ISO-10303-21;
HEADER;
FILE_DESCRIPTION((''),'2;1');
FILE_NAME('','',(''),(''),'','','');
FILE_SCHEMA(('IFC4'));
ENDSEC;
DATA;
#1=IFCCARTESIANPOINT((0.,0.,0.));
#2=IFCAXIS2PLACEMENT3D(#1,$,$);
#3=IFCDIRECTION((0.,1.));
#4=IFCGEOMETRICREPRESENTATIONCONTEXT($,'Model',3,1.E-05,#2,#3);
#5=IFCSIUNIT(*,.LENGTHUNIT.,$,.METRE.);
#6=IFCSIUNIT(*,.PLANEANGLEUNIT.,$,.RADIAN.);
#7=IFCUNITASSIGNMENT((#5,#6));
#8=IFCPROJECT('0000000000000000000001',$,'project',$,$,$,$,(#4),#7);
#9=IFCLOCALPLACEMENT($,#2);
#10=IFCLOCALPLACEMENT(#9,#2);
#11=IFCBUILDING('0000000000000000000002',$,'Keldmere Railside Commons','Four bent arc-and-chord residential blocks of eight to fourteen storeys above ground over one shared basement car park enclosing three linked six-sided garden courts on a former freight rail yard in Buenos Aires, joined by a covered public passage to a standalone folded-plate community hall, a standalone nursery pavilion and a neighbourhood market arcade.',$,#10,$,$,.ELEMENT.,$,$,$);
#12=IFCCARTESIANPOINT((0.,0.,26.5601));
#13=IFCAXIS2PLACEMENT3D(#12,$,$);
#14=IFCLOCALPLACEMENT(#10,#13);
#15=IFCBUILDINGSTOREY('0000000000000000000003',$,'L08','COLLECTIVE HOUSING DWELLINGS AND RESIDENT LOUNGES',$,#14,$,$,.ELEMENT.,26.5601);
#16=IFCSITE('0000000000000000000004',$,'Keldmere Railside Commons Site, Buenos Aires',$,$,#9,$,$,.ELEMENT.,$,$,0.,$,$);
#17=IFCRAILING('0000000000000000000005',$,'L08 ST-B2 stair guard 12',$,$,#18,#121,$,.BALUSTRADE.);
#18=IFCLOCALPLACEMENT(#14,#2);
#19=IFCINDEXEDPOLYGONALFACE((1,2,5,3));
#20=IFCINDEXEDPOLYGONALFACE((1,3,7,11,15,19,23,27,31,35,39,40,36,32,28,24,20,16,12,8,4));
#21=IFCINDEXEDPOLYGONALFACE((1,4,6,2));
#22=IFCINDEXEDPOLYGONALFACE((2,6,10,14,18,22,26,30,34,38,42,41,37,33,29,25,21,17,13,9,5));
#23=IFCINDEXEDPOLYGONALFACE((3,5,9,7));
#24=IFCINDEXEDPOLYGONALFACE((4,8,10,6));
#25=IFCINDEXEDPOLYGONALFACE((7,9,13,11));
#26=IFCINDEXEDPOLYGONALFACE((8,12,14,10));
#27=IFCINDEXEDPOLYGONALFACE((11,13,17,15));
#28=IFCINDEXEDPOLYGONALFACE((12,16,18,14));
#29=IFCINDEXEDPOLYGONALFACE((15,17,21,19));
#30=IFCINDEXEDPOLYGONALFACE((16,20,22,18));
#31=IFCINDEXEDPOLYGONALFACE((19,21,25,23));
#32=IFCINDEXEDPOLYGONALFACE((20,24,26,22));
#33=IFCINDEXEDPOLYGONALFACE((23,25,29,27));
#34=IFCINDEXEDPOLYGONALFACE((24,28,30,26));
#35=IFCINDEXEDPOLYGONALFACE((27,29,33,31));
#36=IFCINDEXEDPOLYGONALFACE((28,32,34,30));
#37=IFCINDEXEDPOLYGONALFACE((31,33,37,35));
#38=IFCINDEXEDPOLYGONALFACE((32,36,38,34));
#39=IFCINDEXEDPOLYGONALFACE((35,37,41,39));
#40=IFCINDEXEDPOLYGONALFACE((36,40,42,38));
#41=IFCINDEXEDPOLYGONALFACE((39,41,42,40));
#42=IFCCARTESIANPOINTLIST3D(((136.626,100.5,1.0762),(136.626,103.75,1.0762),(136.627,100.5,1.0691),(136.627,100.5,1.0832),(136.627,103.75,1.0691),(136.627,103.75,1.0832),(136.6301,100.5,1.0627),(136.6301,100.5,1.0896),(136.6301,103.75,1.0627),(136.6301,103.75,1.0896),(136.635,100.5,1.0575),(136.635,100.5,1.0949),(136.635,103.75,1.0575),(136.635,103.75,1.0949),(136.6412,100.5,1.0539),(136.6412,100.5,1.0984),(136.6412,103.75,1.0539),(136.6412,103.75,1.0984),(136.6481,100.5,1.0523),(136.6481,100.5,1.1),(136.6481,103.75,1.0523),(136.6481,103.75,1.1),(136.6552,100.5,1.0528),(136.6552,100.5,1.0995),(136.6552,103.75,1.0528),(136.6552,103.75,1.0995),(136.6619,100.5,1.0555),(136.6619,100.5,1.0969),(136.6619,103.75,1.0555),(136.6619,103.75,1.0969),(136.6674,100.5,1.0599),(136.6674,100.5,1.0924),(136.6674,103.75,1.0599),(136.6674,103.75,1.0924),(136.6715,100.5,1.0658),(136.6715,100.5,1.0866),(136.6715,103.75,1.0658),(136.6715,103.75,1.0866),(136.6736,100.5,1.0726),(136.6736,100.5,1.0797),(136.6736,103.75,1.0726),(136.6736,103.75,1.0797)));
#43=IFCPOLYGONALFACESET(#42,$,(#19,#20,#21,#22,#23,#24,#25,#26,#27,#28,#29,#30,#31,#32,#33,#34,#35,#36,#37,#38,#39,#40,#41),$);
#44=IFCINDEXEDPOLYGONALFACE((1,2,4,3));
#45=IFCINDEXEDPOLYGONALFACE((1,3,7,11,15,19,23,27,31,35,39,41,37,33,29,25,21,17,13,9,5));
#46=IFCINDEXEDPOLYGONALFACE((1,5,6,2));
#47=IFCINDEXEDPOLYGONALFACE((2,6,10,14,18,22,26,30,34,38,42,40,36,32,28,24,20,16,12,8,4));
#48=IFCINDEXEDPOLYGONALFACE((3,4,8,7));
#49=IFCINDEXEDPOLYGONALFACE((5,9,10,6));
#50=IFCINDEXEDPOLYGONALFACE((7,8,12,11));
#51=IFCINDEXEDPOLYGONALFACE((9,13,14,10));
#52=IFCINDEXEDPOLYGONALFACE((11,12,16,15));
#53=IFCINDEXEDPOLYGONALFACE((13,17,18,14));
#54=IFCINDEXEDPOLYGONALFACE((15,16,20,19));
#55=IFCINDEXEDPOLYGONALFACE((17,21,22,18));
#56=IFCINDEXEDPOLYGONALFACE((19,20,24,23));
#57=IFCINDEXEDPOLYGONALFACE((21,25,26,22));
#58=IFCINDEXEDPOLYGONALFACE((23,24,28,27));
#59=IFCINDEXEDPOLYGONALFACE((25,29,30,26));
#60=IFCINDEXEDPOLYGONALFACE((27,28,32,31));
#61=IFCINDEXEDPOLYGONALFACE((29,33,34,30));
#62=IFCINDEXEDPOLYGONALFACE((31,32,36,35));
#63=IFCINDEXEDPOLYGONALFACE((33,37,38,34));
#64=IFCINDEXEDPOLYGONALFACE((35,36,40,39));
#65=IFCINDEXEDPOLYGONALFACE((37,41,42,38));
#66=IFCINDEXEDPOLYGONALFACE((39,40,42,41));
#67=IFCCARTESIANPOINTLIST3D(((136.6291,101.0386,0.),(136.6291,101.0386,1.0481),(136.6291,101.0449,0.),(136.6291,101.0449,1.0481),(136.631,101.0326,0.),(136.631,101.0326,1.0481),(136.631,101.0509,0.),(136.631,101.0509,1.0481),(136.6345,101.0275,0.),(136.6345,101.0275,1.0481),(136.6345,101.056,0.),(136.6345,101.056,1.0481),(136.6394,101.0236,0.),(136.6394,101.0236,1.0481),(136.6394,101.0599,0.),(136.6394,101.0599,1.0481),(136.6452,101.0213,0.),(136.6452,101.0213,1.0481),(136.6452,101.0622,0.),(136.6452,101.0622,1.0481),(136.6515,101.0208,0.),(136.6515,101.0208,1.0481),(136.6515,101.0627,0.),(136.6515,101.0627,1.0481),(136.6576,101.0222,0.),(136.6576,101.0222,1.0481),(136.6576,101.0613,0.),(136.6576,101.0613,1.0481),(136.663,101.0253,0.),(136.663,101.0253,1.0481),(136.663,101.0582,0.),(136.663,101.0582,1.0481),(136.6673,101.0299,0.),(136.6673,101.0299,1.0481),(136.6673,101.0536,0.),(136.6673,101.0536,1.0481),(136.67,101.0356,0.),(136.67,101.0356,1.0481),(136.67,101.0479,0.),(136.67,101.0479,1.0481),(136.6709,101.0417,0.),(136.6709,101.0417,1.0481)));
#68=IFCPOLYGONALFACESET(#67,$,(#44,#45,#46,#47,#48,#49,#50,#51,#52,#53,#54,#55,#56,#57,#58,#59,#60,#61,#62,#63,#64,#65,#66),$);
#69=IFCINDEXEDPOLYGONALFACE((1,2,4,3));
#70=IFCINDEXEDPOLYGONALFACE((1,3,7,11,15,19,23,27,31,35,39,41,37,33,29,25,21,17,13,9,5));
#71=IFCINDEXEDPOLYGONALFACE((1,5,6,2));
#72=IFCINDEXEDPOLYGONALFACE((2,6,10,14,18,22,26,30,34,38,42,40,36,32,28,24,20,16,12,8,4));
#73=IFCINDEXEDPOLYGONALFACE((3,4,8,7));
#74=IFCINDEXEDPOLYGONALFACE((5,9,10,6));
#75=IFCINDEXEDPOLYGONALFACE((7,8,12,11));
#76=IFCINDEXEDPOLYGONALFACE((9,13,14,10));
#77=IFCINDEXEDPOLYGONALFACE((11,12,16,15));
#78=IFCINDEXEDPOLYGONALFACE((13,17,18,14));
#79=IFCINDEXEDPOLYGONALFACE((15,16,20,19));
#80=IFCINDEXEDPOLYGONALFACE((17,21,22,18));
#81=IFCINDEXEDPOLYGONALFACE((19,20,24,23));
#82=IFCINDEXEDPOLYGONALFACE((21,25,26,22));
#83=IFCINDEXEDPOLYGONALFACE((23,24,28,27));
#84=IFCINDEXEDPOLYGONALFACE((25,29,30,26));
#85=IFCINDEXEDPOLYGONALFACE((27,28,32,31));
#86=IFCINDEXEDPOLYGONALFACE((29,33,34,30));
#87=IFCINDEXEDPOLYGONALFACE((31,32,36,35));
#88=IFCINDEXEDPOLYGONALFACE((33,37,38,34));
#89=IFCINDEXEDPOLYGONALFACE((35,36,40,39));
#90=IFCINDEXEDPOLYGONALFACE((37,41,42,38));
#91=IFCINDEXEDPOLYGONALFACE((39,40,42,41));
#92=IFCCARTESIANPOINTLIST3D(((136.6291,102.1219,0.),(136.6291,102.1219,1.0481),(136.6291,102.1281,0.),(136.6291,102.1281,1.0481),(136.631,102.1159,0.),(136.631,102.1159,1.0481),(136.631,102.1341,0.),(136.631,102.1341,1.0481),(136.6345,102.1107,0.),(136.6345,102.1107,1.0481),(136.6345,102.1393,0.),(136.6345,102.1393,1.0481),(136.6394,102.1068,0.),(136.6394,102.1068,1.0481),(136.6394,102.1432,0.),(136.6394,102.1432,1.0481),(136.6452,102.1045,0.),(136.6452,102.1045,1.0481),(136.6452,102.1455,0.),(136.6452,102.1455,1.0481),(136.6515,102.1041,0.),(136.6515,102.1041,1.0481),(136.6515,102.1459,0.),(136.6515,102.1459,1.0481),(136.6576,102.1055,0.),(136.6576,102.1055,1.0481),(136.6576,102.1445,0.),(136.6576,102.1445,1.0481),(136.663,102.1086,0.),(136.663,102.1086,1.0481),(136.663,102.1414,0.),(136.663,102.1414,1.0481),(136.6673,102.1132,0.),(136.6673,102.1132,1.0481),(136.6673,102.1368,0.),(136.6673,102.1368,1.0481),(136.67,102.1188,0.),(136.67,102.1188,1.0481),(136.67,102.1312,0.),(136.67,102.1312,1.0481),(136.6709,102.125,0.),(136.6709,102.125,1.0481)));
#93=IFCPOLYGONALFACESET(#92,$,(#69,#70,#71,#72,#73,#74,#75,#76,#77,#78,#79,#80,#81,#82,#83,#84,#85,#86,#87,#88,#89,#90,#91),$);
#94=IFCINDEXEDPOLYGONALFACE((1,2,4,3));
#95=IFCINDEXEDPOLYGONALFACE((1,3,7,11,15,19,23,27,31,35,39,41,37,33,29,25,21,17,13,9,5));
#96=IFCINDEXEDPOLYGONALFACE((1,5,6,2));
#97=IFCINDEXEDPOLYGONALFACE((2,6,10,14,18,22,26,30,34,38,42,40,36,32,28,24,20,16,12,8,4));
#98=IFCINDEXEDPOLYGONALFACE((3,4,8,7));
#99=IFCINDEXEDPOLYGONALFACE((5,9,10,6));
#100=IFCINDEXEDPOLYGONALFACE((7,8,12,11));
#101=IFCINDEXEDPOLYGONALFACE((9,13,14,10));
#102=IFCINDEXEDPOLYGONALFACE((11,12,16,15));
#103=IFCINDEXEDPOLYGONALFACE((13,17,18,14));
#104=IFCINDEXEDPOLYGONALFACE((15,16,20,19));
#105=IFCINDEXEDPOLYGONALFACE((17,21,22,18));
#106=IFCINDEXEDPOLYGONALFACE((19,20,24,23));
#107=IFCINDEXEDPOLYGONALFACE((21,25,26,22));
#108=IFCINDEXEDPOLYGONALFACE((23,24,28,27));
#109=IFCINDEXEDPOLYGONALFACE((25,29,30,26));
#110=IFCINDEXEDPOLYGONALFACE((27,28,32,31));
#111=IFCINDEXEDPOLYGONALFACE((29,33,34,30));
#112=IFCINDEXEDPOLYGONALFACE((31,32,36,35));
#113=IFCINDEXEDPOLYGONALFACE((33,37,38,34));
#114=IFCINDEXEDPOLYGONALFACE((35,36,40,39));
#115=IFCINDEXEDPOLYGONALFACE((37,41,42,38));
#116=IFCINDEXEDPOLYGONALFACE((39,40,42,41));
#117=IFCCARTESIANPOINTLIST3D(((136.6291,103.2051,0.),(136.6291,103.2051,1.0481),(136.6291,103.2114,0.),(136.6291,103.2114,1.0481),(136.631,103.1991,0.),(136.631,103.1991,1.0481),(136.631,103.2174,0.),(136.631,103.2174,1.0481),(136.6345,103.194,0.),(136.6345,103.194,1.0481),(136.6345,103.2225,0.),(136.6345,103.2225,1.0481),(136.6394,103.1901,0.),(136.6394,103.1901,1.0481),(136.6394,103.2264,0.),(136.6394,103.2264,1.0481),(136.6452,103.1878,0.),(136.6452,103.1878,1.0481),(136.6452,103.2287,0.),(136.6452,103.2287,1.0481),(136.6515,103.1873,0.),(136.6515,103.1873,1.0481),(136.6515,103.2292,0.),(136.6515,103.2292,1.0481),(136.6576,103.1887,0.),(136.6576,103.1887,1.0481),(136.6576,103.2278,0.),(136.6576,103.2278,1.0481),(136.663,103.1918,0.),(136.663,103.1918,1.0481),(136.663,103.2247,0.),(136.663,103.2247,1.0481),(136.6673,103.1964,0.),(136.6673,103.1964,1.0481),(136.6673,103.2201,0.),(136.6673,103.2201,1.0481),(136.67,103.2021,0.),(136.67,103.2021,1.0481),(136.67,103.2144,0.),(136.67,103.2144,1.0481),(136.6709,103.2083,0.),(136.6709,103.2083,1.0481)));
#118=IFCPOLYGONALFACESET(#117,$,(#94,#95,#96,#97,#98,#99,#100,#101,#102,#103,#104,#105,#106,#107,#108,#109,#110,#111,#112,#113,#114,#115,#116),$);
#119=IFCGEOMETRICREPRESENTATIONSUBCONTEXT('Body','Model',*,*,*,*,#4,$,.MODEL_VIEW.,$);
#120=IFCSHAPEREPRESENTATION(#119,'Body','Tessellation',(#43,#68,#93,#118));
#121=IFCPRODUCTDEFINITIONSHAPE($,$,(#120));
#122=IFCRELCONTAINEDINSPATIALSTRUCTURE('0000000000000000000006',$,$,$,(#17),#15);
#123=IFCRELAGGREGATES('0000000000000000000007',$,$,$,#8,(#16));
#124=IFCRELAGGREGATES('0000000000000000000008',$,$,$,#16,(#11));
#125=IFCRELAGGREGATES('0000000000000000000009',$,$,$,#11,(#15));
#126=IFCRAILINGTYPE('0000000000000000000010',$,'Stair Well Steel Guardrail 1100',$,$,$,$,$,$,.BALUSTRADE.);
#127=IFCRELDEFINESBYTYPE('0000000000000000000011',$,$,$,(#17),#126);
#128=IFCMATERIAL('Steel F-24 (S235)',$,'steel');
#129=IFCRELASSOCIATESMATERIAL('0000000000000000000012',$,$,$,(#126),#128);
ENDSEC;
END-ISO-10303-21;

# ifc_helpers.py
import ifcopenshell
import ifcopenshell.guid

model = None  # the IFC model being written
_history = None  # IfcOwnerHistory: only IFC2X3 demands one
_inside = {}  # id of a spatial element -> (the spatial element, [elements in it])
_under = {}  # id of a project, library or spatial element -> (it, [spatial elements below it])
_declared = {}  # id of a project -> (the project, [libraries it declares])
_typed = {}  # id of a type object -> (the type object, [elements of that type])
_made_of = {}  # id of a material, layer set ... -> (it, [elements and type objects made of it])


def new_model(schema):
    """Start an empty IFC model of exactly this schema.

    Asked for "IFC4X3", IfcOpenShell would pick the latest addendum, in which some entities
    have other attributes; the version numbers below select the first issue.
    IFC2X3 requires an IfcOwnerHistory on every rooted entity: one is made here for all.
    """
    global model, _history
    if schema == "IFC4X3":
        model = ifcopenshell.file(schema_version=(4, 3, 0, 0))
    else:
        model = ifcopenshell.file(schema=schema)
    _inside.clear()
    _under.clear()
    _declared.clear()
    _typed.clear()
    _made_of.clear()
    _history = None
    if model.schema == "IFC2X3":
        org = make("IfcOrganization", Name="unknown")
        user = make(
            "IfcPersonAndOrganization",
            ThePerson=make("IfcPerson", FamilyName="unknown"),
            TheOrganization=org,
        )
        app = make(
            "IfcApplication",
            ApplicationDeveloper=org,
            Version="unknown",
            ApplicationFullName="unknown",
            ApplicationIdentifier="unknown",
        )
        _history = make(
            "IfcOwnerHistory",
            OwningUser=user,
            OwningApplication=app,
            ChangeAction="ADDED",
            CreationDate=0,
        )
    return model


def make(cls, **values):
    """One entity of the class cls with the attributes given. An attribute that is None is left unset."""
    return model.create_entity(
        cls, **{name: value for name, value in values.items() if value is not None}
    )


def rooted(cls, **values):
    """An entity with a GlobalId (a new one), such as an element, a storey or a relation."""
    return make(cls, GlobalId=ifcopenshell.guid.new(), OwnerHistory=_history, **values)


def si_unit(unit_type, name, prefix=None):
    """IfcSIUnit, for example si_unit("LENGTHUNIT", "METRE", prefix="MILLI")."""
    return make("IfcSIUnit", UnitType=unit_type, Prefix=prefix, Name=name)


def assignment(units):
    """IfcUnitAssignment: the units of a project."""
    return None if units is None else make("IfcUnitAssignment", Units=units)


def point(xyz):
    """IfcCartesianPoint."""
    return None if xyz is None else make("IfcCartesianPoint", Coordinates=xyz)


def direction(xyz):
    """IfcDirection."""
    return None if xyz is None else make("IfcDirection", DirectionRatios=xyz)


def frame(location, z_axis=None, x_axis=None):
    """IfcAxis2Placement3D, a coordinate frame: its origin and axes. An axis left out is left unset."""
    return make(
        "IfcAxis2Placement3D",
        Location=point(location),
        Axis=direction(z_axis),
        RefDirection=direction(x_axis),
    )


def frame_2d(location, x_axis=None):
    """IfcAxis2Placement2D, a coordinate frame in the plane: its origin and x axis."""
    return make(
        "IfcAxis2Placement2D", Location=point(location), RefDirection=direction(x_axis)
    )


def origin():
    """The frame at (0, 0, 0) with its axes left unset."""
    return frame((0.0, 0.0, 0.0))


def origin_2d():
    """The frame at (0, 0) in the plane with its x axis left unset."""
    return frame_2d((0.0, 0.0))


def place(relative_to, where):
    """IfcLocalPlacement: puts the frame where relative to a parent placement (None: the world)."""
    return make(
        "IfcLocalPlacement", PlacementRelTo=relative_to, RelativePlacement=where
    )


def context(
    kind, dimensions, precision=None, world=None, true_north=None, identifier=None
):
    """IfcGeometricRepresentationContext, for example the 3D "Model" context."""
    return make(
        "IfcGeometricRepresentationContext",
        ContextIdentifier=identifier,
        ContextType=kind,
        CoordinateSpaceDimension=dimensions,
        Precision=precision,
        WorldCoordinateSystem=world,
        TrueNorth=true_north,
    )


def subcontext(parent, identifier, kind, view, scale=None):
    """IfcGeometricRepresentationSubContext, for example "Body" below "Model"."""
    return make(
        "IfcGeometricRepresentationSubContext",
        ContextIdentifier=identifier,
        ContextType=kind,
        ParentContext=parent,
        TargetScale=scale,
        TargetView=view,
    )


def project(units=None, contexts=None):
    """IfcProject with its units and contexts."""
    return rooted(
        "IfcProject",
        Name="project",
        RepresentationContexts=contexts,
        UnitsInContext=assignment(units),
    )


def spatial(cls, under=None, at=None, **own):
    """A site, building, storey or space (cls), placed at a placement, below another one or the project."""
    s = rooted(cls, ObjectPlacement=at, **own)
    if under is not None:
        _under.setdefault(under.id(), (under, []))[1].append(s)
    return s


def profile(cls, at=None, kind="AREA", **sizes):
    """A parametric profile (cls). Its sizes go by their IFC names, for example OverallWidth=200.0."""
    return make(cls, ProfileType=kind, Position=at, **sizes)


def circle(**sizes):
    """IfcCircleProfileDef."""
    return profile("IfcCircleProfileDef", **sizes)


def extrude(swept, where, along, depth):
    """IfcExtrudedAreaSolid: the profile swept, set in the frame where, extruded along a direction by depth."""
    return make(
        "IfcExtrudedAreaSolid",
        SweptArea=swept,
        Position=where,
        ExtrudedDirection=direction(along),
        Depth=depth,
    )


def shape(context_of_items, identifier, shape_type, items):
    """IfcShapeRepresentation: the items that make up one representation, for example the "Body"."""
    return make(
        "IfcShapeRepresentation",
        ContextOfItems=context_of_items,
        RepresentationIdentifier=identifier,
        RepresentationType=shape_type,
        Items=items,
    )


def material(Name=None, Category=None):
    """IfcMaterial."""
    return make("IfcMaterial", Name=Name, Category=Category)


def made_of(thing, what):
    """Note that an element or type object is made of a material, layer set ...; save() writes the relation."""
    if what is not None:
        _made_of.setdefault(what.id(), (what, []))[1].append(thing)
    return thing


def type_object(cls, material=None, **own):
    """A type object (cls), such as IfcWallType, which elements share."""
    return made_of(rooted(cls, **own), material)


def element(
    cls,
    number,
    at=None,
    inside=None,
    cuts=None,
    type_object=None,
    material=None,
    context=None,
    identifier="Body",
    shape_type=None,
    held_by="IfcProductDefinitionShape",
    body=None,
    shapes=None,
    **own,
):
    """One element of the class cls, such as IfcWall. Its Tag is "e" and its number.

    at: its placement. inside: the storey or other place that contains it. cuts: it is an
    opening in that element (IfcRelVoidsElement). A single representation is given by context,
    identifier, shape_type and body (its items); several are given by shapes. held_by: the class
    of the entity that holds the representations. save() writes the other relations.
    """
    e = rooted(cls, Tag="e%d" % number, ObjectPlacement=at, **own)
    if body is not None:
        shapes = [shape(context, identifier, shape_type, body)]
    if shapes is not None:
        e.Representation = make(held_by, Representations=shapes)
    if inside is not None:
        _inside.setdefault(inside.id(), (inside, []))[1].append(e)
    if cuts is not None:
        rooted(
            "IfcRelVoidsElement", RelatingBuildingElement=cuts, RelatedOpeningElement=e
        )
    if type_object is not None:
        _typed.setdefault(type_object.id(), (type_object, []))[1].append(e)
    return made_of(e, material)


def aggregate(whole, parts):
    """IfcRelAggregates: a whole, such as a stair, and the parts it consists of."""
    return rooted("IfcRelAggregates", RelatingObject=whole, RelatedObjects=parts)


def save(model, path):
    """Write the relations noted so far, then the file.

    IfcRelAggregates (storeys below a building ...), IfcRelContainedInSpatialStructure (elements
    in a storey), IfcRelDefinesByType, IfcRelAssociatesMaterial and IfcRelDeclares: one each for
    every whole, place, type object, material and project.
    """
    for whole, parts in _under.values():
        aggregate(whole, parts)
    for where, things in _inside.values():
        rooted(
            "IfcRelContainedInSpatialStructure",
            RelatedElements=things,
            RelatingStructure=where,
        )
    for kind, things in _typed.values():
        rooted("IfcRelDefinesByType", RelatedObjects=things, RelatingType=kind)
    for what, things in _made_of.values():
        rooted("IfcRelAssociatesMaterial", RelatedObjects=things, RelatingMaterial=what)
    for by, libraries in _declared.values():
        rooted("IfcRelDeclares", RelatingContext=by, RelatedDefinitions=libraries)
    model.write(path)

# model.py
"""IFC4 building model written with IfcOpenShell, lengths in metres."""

from ifc_helpers import new_model, si_unit, direction, frame, origin, origin_2d, place, context, subcontext, project, spatial, circle, extrude, material, type_object, element, save


model = new_model("IFC4")

# Units and contexts
model_context = context("Model", 3, precision=1e-05, world=origin(), true_north=direction((0.0, 1.0)))
body_context = subcontext(model_context, "Body", "Model", "MODEL_VIEW")
ifc_project = project(units=[si_unit("LENGTHUNIT", "METRE"), si_unit("PLANEANGLEUNIT", "RADIAN")], contexts=[model_context])

# Site, building, storey
site_placement = place(None, origin())
site = spatial("IfcSite", under=ifc_project, at=site_placement, Name="Keldmere Railside Commons Site, Buenos Aires", CompositionType="ELEMENT", RefElevation=0.0)
building_placement = place(site_placement, origin())
building = spatial("IfcBuilding", under=site, at=building_placement, Name="Keldmere Railside Commons", Description="Four bent arc-and-chord residential blocks of eight to fourteen storeys above ground over one shared basement car park enclosing three linked six-sided garden courts on a former freight rail yard in Buenos Aires, joined by a covered public passage to a standalone folded-plate community hall, a standalone nursery pavilion and a neighbourhood market arcade.", CompositionType="ELEMENT")
storey_placement = place(building_placement, frame((0.0, 0.0, 26.5601)))
storey = spatial("IfcBuildingStorey", under=building, at=storey_placement, Name="L08", Description="COLLECTIVE HOUSING DWELLINGS AND RESIDENT LOUNGES", CompositionType="ELEMENT", Elevation=26.5601)

# Railing
ifc_material_1 = material(Name="Steel F-24 (S235)", Category="steel")
railing_type_1 = type_object("IfcRailingType", Name="Stair Well Steel Guardrail 1100", PredefinedType="BALUSTRADE", material=ifc_material_1)
railing_1_placement = place(storey_placement, frame((136.6499, 100.5, 0.0)))
element("IfcRailing", 1, at=railing_1_placement, inside=storey, type_object=railing_type_1, Name="L08 ST-B2 stair guard 12", PredefinedType="BALUSTRADE", context=body_context, shape_type="SweptSolid", body=[
    extrude(circle(Radius=0.0239, at=origin_2d()), frame((0.0, 0.0, 1.0762), z_axis=(0.0, 1.0, 0.0), x_axis=(-1.0, 0.0, 0.0)), (0.0, 0.0, 1.0), 3.25),
    extrude(circle(Radius=0.021, at=origin_2d()), frame((0.0, 0.5417, 0.0)), (0.0, 0.0, 1.0), 1.0481),
    extrude(circle(Radius=0.021, at=origin_2d()), frame((0.0, 1.625, 0.0)), (0.0, 0.0, 1.0), 1.0481),
    extrude(circle(Radius=0.021, at=origin_2d()), frame((0.0, 2.7083, 0.0)), (0.0, 0.0, 1.0), 1.0481),
])

save(model, "model.ifc")
